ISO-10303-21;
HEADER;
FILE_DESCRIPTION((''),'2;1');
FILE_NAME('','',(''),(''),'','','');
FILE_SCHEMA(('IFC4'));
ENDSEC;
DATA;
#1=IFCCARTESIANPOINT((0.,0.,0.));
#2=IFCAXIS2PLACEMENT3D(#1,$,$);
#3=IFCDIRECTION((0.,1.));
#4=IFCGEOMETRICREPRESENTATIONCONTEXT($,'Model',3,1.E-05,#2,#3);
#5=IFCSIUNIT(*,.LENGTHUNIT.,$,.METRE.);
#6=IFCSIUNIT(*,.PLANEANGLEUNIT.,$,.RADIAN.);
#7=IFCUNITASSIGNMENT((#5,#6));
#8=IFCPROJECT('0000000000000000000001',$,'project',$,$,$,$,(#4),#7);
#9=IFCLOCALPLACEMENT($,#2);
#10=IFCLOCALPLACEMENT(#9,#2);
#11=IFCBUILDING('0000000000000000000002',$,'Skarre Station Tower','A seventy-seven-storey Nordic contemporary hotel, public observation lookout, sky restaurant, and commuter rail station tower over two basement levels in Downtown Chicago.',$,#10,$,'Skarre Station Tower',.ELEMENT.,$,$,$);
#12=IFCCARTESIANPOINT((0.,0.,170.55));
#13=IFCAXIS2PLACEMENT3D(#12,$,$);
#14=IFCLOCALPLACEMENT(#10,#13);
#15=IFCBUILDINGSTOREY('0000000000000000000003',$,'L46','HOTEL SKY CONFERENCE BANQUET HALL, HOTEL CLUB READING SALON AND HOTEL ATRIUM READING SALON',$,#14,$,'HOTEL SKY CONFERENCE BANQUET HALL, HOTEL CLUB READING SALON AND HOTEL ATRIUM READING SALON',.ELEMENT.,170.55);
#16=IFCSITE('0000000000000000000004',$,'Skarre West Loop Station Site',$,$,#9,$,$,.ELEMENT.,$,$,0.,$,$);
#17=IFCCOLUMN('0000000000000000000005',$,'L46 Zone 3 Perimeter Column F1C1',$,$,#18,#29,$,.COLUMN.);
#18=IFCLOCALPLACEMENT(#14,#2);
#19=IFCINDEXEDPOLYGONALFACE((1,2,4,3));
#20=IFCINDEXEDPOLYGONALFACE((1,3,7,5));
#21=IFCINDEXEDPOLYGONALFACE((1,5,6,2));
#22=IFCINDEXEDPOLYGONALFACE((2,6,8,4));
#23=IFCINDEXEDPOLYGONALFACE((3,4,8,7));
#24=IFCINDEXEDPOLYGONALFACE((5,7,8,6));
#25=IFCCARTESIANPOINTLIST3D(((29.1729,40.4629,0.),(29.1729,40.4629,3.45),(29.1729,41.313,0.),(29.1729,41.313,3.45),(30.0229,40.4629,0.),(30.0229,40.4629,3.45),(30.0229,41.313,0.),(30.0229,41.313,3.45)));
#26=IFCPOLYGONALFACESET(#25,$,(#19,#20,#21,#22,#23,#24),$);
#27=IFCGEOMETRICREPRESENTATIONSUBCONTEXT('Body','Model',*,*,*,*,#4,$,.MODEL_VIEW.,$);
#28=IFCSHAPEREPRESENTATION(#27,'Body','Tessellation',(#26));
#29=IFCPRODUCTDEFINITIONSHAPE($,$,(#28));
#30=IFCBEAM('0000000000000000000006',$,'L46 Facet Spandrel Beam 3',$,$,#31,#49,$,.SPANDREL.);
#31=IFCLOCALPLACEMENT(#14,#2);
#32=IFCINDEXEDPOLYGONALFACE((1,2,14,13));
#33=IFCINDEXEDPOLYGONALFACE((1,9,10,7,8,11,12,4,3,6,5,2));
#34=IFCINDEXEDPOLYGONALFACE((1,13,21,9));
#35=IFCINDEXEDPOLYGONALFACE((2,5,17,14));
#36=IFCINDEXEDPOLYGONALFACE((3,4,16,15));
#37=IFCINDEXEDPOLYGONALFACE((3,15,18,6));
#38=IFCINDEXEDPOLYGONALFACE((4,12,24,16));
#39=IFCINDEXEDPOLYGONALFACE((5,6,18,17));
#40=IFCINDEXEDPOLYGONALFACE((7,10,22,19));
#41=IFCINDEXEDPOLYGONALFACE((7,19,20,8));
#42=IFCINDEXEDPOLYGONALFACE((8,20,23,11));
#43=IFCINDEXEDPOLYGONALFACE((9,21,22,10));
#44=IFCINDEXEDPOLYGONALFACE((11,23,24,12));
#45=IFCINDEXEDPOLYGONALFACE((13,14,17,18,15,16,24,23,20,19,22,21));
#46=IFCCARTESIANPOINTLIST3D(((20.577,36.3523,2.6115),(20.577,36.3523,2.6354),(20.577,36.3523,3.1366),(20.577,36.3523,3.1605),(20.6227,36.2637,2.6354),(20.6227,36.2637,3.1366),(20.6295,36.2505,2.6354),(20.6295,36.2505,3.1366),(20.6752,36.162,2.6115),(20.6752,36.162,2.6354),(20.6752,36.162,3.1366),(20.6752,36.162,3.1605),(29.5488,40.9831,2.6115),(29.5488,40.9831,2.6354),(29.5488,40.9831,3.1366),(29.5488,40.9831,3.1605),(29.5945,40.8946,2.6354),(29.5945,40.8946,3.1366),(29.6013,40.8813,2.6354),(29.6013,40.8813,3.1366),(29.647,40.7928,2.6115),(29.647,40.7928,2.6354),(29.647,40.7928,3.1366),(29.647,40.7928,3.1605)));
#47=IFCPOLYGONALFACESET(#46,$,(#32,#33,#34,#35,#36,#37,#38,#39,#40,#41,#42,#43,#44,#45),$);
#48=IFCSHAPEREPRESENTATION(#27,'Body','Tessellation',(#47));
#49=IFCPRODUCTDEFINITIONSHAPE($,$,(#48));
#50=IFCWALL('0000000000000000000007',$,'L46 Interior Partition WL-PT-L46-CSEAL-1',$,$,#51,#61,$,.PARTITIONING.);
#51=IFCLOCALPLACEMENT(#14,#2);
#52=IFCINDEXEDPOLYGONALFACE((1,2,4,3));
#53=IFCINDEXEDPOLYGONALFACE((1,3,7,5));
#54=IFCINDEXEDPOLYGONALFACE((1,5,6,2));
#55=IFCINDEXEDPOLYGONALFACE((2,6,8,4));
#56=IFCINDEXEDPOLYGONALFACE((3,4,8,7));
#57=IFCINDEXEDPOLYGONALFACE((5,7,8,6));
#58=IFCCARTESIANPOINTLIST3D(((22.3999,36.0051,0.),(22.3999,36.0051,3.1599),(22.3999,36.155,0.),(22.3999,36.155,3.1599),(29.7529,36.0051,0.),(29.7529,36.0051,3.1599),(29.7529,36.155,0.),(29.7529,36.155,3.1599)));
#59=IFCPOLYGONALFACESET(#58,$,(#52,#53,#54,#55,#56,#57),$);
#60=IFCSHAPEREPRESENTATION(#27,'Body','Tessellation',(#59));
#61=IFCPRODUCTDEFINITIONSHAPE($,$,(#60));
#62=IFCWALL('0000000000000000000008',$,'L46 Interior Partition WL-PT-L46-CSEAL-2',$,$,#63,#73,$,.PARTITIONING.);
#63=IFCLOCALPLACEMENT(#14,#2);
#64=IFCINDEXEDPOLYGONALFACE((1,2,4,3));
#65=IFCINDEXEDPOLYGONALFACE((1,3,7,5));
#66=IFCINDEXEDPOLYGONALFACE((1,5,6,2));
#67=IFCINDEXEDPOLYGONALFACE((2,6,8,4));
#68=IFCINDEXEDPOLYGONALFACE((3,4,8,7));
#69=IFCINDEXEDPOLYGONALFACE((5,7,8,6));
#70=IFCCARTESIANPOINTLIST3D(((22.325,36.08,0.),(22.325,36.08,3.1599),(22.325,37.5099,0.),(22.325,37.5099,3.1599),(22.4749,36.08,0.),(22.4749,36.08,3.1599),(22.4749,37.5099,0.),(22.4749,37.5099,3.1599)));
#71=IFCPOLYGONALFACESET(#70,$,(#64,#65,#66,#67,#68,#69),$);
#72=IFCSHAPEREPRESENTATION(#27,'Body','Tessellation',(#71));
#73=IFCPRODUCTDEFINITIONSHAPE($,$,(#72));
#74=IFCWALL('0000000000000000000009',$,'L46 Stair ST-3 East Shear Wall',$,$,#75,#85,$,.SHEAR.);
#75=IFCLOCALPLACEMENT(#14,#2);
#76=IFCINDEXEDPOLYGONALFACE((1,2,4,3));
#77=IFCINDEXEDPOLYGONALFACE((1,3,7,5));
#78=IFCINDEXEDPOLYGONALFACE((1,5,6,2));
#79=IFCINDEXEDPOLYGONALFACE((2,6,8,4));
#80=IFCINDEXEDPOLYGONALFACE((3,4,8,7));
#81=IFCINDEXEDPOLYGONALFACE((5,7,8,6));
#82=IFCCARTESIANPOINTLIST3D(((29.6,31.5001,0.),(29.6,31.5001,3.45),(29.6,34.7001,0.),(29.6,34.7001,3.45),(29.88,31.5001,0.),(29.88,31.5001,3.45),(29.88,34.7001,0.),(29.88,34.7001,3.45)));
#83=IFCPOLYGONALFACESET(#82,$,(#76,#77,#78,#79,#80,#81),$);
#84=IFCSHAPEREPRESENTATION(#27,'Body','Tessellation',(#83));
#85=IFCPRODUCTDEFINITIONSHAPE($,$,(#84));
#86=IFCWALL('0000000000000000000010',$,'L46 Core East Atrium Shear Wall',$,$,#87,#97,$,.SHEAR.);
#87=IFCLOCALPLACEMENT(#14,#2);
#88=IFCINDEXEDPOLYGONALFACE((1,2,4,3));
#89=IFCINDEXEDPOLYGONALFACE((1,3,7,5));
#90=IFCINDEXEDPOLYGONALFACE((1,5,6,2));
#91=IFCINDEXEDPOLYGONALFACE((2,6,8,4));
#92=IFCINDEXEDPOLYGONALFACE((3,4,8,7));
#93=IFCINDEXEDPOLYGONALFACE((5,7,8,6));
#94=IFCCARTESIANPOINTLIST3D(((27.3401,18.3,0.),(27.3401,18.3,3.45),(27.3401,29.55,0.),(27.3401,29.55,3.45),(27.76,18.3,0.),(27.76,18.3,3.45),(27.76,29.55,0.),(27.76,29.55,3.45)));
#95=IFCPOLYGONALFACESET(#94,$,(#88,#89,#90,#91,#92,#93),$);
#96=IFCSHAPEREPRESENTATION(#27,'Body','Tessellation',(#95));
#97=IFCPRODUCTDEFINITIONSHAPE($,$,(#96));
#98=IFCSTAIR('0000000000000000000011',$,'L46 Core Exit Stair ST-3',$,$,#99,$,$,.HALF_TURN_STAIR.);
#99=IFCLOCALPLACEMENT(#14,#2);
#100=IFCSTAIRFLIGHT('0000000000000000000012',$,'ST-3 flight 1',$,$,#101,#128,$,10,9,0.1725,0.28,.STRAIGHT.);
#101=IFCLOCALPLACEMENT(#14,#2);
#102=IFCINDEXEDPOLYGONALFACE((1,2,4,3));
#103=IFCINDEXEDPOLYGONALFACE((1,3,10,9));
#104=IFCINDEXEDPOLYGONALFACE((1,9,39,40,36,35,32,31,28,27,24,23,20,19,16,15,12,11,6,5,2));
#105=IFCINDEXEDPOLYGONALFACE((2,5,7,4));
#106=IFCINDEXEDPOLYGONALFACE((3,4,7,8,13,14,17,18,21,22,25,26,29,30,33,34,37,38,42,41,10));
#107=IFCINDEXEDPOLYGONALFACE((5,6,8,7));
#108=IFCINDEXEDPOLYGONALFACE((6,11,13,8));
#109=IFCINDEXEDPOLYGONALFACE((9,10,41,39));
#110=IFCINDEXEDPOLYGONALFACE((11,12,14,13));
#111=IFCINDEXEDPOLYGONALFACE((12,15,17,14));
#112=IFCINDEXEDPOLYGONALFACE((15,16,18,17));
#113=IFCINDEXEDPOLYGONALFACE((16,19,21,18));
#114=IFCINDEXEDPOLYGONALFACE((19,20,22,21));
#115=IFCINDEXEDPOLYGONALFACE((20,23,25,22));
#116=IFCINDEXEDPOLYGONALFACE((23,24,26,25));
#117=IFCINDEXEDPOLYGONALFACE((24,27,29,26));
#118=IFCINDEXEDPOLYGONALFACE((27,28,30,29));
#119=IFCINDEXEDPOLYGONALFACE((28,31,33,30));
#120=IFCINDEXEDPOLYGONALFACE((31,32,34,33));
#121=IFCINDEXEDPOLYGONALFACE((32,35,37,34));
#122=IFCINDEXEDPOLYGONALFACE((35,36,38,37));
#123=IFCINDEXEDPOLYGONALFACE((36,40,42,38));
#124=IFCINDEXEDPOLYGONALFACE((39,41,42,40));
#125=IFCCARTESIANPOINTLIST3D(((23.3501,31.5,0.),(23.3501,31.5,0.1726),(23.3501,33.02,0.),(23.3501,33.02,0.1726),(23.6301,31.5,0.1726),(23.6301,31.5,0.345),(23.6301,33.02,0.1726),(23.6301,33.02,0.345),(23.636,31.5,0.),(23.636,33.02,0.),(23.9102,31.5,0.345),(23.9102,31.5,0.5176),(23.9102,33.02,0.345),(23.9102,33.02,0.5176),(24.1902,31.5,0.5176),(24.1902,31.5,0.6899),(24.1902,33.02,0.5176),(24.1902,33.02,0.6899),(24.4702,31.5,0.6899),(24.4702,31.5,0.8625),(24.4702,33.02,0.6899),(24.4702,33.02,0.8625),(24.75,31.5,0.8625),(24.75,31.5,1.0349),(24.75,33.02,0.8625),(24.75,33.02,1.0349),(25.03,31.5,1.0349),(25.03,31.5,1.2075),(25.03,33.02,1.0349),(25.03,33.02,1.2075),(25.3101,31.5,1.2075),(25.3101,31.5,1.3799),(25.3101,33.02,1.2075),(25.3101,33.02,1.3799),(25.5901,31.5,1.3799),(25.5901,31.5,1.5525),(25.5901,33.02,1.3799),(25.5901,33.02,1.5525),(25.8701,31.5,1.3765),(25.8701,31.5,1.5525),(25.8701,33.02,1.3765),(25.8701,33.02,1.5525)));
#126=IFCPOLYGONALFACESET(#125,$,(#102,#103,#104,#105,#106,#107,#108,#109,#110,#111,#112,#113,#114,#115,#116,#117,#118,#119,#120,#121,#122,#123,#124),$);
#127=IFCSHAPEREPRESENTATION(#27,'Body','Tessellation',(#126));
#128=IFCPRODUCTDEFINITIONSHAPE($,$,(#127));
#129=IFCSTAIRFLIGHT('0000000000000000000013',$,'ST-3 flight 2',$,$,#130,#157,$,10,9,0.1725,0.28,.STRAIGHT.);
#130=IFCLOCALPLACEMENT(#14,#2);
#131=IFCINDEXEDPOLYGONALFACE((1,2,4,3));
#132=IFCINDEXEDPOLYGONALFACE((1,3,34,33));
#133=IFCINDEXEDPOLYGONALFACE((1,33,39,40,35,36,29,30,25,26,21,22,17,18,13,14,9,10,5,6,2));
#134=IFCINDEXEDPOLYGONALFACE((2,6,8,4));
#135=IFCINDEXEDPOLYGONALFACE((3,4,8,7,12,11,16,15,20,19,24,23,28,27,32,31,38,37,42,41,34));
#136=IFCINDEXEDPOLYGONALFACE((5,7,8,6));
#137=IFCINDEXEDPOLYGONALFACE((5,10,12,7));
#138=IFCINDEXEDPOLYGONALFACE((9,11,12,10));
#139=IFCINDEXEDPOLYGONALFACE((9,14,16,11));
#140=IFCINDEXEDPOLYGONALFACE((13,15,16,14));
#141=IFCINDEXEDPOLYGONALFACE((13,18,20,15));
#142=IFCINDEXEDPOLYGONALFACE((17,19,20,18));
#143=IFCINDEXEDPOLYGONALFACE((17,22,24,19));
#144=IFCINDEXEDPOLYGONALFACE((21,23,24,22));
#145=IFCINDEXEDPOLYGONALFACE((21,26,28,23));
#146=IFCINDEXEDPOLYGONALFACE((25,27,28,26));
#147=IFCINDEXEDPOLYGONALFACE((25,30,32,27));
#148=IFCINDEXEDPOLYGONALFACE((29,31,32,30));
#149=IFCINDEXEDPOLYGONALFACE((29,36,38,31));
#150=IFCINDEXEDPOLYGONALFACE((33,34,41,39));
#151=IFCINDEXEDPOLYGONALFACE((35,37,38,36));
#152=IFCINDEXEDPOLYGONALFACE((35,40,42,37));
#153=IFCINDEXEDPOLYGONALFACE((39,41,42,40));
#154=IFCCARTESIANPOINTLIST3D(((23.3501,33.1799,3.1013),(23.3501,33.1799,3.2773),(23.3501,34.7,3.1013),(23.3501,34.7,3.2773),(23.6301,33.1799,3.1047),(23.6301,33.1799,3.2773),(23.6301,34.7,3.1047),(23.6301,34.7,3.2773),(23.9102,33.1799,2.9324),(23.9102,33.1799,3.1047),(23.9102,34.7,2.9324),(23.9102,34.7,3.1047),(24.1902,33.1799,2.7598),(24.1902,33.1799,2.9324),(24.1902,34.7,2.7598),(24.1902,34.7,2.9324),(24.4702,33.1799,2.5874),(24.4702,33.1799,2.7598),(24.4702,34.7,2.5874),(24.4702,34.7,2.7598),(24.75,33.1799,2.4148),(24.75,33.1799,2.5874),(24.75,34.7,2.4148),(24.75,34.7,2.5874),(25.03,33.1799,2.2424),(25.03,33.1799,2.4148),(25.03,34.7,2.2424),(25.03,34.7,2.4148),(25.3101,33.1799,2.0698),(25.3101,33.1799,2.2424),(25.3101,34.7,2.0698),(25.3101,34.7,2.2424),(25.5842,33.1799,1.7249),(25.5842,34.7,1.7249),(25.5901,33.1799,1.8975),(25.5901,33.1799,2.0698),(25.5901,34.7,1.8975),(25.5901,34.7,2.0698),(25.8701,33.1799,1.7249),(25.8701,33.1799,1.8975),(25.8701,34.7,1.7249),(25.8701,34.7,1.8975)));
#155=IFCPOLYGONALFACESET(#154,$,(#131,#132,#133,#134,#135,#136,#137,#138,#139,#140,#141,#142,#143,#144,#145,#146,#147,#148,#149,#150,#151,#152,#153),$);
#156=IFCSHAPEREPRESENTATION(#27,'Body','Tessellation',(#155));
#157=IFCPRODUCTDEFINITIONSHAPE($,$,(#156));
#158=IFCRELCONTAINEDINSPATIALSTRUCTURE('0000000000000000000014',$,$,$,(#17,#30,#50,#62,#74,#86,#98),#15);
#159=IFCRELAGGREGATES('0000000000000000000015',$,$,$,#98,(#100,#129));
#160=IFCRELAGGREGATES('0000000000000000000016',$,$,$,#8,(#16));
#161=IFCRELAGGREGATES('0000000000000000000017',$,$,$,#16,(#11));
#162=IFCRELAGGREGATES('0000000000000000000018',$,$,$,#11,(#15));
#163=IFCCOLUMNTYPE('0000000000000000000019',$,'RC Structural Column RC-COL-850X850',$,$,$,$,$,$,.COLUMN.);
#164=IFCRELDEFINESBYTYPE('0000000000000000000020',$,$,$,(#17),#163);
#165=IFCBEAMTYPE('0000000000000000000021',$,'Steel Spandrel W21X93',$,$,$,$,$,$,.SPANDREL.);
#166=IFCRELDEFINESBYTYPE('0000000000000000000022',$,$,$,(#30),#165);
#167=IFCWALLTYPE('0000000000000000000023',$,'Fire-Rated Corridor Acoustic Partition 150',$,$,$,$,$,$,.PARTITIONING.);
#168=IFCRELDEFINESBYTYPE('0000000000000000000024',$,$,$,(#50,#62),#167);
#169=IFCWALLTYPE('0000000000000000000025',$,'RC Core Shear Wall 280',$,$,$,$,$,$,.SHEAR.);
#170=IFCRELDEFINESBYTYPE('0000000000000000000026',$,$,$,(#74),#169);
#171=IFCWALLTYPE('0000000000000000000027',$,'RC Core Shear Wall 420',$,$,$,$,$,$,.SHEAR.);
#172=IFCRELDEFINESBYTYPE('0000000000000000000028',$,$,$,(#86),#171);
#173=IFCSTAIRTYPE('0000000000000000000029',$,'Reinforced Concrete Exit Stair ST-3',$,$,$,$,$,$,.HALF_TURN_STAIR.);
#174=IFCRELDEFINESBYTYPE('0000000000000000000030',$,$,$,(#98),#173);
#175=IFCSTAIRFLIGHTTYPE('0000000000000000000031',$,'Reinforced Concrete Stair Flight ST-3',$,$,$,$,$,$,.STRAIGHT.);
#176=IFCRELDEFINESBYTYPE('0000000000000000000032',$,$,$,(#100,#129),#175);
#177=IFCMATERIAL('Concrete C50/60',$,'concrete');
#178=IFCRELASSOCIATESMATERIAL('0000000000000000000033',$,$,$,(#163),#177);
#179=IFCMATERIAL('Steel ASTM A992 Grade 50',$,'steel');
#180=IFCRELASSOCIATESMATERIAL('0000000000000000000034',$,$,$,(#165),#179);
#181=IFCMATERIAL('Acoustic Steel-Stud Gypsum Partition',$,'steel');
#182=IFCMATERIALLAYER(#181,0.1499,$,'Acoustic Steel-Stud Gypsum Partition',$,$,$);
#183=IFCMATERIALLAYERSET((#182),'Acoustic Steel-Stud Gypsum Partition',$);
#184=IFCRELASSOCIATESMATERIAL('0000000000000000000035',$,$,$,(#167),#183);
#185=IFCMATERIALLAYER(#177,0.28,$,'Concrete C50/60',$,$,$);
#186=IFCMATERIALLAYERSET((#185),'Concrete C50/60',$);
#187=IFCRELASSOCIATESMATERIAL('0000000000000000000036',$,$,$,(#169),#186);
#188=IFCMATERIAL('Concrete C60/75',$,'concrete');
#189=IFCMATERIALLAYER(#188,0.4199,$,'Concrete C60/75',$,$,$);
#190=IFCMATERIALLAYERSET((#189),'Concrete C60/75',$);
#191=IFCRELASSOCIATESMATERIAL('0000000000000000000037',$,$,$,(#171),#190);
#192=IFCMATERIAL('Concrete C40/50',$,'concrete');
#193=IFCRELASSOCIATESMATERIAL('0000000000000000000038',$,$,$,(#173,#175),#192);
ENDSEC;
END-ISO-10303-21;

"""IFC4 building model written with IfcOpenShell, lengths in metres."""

from ifc_helpers import new_model, si_unit, direction, frame, frame_2d, origin, origin_2d, place, context, subcontext, project, spatial, polyline, rectangle, i_section, outline, extrude, material, layer, layer_set, material_profile, profile_set, type_object, element, aggregate, save


model = new_model("IFC4")

# Units and contexts
model_context = context("Model", 3, precision=1e-05, world=origin(), true_north=direction((0.0, 1.0)))
body_context = subcontext(model_context, "Body", "Model", "MODEL_VIEW")
ifc_project = project(units=[si_unit("LENGTHUNIT", "METRE"), si_unit("PLANEANGLEUNIT", "RADIAN")], contexts=[model_context])

# Site, building, storey
site_placement = place(None, origin())
site = spatial("IfcSite", under=ifc_project, at=site_placement, Name="Skarre West Loop Station Site", CompositionType="ELEMENT", RefElevation=0.0)
building_placement = place(site_placement, origin())
building = spatial("IfcBuilding", under=site, at=building_placement, Name="Skarre Station Tower", Description="A seventy-seven-storey Nordic contemporary hotel, public observation lookout, sky restaurant, and commuter rail station tower over two basement levels in Downtown Chicago.", LongName="Skarre Station Tower", CompositionType="ELEMENT")
storey_placement = place(building_placement, frame((0.0, 0.0, 170.55)))
storey = spatial("IfcBuildingStorey", under=building, at=storey_placement, Name="L46", Description="HOTEL SKY CONFERENCE BANQUET HALL, HOTEL CLUB READING SALON AND HOTEL ATRIUM READING SALON", LongName="HOTEL SKY CONFERENCE BANQUET HALL, HOTEL CLUB READING SALON AND HOTEL ATRIUM READING SALON", CompositionType="ELEMENT", Elevation=170.55)

# Column
ifc_material_1 = material(Name="Concrete C50/60", Category="concrete")
ifc_material_profile_1 = material_profile(ifc_material_1, rectangle(XDim=0.8501, YDim=0.8501, at=origin_2d()), Name="Concrete C50/60")
ifc_profile_set_1 = profile_set([ifc_material_profile_1], Name="Concrete C50/60")
column_type = type_object("IfcColumnType", Name="RC Structural Column RC-COL-850X850", PredefinedType="COLUMN", material=ifc_profile_set_1)
column_placement = place(storey_placement, frame((29.5979, 40.8879, 0.0), z_axis=(0.0, 0.0, 1.0), x_axis=(1.0, 0.0, 0.0)))
element("IfcColumn", 1, at=column_placement, inside=storey, type_object=column_type, Name="L46 Zone 3 Perimeter Column F1C1", PredefinedType="COLUMN", context=body_context, shape_type="SweptSolid", body=[
    extrude(rectangle(XDim=0.8501, YDim=0.8501, at=origin_2d()), origin(), (0.0, 0.0, 1.0), 3.45),
])

# Beam
ifc_material_2 = material(Name="Steel ASTM A992 Grade 50", Category="steel")
ifc_material_profile_2 = material_profile(ifc_material_2, i_section(OverallWidth=0.2141, OverallDepth=0.5491, WebThickness=0.0149, FlangeThickness=0.0239, at=origin_2d()), Name="Steel ASTM A992 Grade 50")
ifc_profile_set_2 = profile_set([ifc_material_profile_2], Name="Steel ASTM A992 Grade 50")
beam_type = type_object("IfcBeamType", Name="Steel Spandrel W21X93", PredefinedType="SPANDREL", material=ifc_profile_set_2)
beam_placement = place(storey_placement, frame((29.5979, 40.8879, 2.886), z_axis=(-0.888613, -0.458658, 0.0), x_axis=(0.458658, -0.888613, 0.0)))
element("IfcBeam", 2, at=beam_placement, inside=storey, type_object=beam_type, Name="L46 Facet Spandrel Beam 3", PredefinedType="SPANDREL", context=body_context, shape_type="SweptSolid", body=[
    extrude(i_section(OverallWidth=0.2141, OverallDepth=0.5491, WebThickness=0.0149, FlangeThickness=0.0239, at=origin_2d()), origin(), (0.0, 0.0, 1.0), 10.0964),
])

# Walls
ifc_material_3 = material(Name="Acoustic Steel-Stud Gypsum Partition", Category="steel")
ifc_layer_1 = layer(ifc_material_3, 0.1499, Name="Acoustic Steel-Stud Gypsum Partition")
ifc_layer_set_1 = layer_set([ifc_layer_1], Name="Acoustic Steel-Stud Gypsum Partition")
wall_type_1 = type_object("IfcWallType", Name="Fire-Rated Corridor Acoustic Partition 150", PredefinedType="PARTITIONING", material=ifc_layer_set_1)
wall_1_placement = place(storey_placement, frame((29.7529, 36.0801, 0.0), z_axis=(0.0, 0.0, 1.0), x_axis=(-1.0, 0.0, 0.0)))
element("IfcWall", 3, at=wall_1_placement, inside=storey, type_object=wall_type_1, Name="L46 Interior Partition WL-PT-L46-CSEAL-1", PredefinedType="PARTITIONING", context=body_context, shape_type="SweptSolid", body=[
    extrude(rectangle(XDim=7.353, YDim=0.1499, at=frame_2d((3.6765, 0.0))), origin(), (0.0, 0.0, 1.0), 3.1599),
])
wall_2_placement = place(storey_placement, frame((22.3999, 36.0801, 0.0), z_axis=(0.0, 0.0, 1.0), x_axis=(0.0, 1.0, 0.0)))
element("IfcWall", 4, at=wall_2_placement, inside=storey, type_object=wall_type_1, Name="L46 Interior Partition WL-PT-L46-CSEAL-2", PredefinedType="PARTITIONING", context=body_context, shape_type="SweptSolid", body=[
    extrude(rectangle(XDim=1.4299, YDim=0.1499, at=frame_2d((0.7148, 0.0))), origin(), (0.0, 0.0, 1.0), 3.1599),
])
ifc_layer_2 = layer(ifc_material_1, 0.28, Name="Concrete C50/60")
ifc_layer_set_2 = layer_set([ifc_layer_2], Name="Concrete C50/60")
wall_type_2 = type_object("IfcWallType", Name="RC Core Shear Wall 280", PredefinedType="SHEAR", material=ifc_layer_set_2)
wall_3_placement = place(storey_placement, frame((29.74, 31.5, 0.0), z_axis=(0.0, 0.0, 1.0), x_axis=(0.0, 1.0, 0.0)))
element("IfcWall", 5, at=wall_3_placement, inside=storey, type_object=wall_type_2, Name="L46 Stair ST-3 East Shear Wall", PredefinedType="SHEAR", context=body_context, shape_type="SweptSolid", body=[
    extrude(rectangle(XDim=3.2, YDim=0.28, at=frame_2d((1.6001, 0.0))), origin(), (0.0, 0.0, 1.0), 3.45),
])
ifc_material_4 = material(Name="Concrete C60/75", Category="concrete")
ifc_layer_3 = layer(ifc_material_4, 0.4199, Name="Concrete C60/75")
ifc_layer_set_3 = layer_set([ifc_layer_3], Name="Concrete C60/75")
wall_type_3 = type_object("IfcWallType", Name="RC Core Shear Wall 420", PredefinedType="SHEAR", material=ifc_layer_set_3)
wall_4_placement = place(storey_placement, frame((27.55, 29.55, 0.0), z_axis=(0.0, 0.0, 1.0), x_axis=(0.0, -1.0, 0.0)))
element("IfcWall", 6, at=wall_4_placement, inside=storey, type_object=wall_type_3, Name="L46 Core East Atrium Shear Wall", PredefinedType="SHEAR", context=body_context, shape_type="SweptSolid", body=[
    extrude(rectangle(XDim=11.25, YDim=0.4199, at=frame_2d((5.625, 0.0))), origin(), (0.0, 0.0, 1.0), 3.45),
])

# Stair, stair flights
ifc_material_5 = material(Name="Concrete C40/50", Category="concrete")
stair_type = type_object("IfcStairType", Name="Reinforced Concrete Exit Stair ST-3", PredefinedType="HALF_TURN_STAIR", material=ifc_material_5)
stair_placement = place(storey_placement, origin())
stair = element("IfcStair", 7, at=stair_placement, inside=storey, type_object=stair_type, Name="L46 Core Exit Stair ST-3", PredefinedType="HALF_TURN_STAIR")
stair_flight_type = type_object("IfcStairFlightType", Name="Reinforced Concrete Stair Flight ST-3", PredefinedType="STRAIGHT", material=ifc_material_5)
stair_flight_1_placement = place(storey_placement, frame((23.3501, 32.26, 0.0), z_axis=(0.0, 0.0, 1.0), x_axis=(1.0, 0.0, 0.0)))
stair_flight_1 = element("IfcStairFlight", 8, at=stair_flight_1_placement, type_object=stair_flight_type, Name="ST-3 flight 1", NumberOfRisers=10, NumberOfTreads=9, PredefinedType="STRAIGHT", RiserHeight=0.1725, TreadLength=0.28, context=body_context, shape_type="SweptSolid", body=[
    extrude(outline(polyline([(0.0, 0.0), (0.0, 0.1726), (0.28, 0.1726), (0.28, 0.345), (0.5601, 0.345), (0.5601, 0.5176), (0.8401, 0.5176), (0.8401, 0.6899), (1.1201, 0.6899), (1.1201, 0.8625), (1.3999, 0.8625), (1.3999, 1.0349), (1.6799, 1.0349), (1.6799, 1.2075), (1.96, 1.2075), (1.96, 1.3799), (2.24, 1.3799), (2.24, 1.5525), (2.52, 1.5525), (2.52, 1.7251), (2.52, 1.3765), (0.2859, 0.0), (0.0, 0.0)])), frame((0.0, 0.76, 0.0), z_axis=(0.0, -1.0, 0.0), x_axis=(1.0, 0.0, 0.0)), (0.0, 0.0, 1.0), 1.52),
])
stair_flight_2_placement = place(storey_placement, frame((25.8701, 33.9399, 1.7249), z_axis=(0.0, 0.0, 1.0), x_axis=(-1.0, 0.0, 0.0)))
stair_flight_2 = element("IfcStairFlight", 9, at=stair_flight_2_placement, type_object=stair_flight_type, Name="ST-3 flight 2", NumberOfRisers=10, NumberOfTreads=9, PredefinedType="STRAIGHT", RiserHeight=0.1725, TreadLength=0.28, context=body_context, shape_type="SweptSolid", body=[
    extrude(outline(polyline([(0.0, 0.0), (0.0, 0.1726), (0.28, 0.1726), (0.28, 0.345), (0.5601, 0.345), (0.5601, 0.5176), (0.8401, 0.5176), (0.8401, 0.6899), (1.1201, 0.6899), (1.1201, 0.8625), (1.3999, 0.8625), (1.3999, 1.0349), (1.6799, 1.0349), (1.6799, 1.2075), (1.96, 1.2075), (1.96, 1.3799), (2.24, 1.3799), (2.24, 1.5525), (2.52, 1.5525), (2.52, 1.7251), (2.52, 1.3765), (0.2859, 0.0), (0.0, 0.0)])), frame((0.0, 0.76, 0.0), z_axis=(0.0, -1.0, 0.0), x_axis=(1.0, 0.0, 0.0)), (0.0, 0.0, 1.0), 1.52),
])
aggregate(stair, [stair_flight_1, stair_flight_2])

save(model, "model.ifc")
